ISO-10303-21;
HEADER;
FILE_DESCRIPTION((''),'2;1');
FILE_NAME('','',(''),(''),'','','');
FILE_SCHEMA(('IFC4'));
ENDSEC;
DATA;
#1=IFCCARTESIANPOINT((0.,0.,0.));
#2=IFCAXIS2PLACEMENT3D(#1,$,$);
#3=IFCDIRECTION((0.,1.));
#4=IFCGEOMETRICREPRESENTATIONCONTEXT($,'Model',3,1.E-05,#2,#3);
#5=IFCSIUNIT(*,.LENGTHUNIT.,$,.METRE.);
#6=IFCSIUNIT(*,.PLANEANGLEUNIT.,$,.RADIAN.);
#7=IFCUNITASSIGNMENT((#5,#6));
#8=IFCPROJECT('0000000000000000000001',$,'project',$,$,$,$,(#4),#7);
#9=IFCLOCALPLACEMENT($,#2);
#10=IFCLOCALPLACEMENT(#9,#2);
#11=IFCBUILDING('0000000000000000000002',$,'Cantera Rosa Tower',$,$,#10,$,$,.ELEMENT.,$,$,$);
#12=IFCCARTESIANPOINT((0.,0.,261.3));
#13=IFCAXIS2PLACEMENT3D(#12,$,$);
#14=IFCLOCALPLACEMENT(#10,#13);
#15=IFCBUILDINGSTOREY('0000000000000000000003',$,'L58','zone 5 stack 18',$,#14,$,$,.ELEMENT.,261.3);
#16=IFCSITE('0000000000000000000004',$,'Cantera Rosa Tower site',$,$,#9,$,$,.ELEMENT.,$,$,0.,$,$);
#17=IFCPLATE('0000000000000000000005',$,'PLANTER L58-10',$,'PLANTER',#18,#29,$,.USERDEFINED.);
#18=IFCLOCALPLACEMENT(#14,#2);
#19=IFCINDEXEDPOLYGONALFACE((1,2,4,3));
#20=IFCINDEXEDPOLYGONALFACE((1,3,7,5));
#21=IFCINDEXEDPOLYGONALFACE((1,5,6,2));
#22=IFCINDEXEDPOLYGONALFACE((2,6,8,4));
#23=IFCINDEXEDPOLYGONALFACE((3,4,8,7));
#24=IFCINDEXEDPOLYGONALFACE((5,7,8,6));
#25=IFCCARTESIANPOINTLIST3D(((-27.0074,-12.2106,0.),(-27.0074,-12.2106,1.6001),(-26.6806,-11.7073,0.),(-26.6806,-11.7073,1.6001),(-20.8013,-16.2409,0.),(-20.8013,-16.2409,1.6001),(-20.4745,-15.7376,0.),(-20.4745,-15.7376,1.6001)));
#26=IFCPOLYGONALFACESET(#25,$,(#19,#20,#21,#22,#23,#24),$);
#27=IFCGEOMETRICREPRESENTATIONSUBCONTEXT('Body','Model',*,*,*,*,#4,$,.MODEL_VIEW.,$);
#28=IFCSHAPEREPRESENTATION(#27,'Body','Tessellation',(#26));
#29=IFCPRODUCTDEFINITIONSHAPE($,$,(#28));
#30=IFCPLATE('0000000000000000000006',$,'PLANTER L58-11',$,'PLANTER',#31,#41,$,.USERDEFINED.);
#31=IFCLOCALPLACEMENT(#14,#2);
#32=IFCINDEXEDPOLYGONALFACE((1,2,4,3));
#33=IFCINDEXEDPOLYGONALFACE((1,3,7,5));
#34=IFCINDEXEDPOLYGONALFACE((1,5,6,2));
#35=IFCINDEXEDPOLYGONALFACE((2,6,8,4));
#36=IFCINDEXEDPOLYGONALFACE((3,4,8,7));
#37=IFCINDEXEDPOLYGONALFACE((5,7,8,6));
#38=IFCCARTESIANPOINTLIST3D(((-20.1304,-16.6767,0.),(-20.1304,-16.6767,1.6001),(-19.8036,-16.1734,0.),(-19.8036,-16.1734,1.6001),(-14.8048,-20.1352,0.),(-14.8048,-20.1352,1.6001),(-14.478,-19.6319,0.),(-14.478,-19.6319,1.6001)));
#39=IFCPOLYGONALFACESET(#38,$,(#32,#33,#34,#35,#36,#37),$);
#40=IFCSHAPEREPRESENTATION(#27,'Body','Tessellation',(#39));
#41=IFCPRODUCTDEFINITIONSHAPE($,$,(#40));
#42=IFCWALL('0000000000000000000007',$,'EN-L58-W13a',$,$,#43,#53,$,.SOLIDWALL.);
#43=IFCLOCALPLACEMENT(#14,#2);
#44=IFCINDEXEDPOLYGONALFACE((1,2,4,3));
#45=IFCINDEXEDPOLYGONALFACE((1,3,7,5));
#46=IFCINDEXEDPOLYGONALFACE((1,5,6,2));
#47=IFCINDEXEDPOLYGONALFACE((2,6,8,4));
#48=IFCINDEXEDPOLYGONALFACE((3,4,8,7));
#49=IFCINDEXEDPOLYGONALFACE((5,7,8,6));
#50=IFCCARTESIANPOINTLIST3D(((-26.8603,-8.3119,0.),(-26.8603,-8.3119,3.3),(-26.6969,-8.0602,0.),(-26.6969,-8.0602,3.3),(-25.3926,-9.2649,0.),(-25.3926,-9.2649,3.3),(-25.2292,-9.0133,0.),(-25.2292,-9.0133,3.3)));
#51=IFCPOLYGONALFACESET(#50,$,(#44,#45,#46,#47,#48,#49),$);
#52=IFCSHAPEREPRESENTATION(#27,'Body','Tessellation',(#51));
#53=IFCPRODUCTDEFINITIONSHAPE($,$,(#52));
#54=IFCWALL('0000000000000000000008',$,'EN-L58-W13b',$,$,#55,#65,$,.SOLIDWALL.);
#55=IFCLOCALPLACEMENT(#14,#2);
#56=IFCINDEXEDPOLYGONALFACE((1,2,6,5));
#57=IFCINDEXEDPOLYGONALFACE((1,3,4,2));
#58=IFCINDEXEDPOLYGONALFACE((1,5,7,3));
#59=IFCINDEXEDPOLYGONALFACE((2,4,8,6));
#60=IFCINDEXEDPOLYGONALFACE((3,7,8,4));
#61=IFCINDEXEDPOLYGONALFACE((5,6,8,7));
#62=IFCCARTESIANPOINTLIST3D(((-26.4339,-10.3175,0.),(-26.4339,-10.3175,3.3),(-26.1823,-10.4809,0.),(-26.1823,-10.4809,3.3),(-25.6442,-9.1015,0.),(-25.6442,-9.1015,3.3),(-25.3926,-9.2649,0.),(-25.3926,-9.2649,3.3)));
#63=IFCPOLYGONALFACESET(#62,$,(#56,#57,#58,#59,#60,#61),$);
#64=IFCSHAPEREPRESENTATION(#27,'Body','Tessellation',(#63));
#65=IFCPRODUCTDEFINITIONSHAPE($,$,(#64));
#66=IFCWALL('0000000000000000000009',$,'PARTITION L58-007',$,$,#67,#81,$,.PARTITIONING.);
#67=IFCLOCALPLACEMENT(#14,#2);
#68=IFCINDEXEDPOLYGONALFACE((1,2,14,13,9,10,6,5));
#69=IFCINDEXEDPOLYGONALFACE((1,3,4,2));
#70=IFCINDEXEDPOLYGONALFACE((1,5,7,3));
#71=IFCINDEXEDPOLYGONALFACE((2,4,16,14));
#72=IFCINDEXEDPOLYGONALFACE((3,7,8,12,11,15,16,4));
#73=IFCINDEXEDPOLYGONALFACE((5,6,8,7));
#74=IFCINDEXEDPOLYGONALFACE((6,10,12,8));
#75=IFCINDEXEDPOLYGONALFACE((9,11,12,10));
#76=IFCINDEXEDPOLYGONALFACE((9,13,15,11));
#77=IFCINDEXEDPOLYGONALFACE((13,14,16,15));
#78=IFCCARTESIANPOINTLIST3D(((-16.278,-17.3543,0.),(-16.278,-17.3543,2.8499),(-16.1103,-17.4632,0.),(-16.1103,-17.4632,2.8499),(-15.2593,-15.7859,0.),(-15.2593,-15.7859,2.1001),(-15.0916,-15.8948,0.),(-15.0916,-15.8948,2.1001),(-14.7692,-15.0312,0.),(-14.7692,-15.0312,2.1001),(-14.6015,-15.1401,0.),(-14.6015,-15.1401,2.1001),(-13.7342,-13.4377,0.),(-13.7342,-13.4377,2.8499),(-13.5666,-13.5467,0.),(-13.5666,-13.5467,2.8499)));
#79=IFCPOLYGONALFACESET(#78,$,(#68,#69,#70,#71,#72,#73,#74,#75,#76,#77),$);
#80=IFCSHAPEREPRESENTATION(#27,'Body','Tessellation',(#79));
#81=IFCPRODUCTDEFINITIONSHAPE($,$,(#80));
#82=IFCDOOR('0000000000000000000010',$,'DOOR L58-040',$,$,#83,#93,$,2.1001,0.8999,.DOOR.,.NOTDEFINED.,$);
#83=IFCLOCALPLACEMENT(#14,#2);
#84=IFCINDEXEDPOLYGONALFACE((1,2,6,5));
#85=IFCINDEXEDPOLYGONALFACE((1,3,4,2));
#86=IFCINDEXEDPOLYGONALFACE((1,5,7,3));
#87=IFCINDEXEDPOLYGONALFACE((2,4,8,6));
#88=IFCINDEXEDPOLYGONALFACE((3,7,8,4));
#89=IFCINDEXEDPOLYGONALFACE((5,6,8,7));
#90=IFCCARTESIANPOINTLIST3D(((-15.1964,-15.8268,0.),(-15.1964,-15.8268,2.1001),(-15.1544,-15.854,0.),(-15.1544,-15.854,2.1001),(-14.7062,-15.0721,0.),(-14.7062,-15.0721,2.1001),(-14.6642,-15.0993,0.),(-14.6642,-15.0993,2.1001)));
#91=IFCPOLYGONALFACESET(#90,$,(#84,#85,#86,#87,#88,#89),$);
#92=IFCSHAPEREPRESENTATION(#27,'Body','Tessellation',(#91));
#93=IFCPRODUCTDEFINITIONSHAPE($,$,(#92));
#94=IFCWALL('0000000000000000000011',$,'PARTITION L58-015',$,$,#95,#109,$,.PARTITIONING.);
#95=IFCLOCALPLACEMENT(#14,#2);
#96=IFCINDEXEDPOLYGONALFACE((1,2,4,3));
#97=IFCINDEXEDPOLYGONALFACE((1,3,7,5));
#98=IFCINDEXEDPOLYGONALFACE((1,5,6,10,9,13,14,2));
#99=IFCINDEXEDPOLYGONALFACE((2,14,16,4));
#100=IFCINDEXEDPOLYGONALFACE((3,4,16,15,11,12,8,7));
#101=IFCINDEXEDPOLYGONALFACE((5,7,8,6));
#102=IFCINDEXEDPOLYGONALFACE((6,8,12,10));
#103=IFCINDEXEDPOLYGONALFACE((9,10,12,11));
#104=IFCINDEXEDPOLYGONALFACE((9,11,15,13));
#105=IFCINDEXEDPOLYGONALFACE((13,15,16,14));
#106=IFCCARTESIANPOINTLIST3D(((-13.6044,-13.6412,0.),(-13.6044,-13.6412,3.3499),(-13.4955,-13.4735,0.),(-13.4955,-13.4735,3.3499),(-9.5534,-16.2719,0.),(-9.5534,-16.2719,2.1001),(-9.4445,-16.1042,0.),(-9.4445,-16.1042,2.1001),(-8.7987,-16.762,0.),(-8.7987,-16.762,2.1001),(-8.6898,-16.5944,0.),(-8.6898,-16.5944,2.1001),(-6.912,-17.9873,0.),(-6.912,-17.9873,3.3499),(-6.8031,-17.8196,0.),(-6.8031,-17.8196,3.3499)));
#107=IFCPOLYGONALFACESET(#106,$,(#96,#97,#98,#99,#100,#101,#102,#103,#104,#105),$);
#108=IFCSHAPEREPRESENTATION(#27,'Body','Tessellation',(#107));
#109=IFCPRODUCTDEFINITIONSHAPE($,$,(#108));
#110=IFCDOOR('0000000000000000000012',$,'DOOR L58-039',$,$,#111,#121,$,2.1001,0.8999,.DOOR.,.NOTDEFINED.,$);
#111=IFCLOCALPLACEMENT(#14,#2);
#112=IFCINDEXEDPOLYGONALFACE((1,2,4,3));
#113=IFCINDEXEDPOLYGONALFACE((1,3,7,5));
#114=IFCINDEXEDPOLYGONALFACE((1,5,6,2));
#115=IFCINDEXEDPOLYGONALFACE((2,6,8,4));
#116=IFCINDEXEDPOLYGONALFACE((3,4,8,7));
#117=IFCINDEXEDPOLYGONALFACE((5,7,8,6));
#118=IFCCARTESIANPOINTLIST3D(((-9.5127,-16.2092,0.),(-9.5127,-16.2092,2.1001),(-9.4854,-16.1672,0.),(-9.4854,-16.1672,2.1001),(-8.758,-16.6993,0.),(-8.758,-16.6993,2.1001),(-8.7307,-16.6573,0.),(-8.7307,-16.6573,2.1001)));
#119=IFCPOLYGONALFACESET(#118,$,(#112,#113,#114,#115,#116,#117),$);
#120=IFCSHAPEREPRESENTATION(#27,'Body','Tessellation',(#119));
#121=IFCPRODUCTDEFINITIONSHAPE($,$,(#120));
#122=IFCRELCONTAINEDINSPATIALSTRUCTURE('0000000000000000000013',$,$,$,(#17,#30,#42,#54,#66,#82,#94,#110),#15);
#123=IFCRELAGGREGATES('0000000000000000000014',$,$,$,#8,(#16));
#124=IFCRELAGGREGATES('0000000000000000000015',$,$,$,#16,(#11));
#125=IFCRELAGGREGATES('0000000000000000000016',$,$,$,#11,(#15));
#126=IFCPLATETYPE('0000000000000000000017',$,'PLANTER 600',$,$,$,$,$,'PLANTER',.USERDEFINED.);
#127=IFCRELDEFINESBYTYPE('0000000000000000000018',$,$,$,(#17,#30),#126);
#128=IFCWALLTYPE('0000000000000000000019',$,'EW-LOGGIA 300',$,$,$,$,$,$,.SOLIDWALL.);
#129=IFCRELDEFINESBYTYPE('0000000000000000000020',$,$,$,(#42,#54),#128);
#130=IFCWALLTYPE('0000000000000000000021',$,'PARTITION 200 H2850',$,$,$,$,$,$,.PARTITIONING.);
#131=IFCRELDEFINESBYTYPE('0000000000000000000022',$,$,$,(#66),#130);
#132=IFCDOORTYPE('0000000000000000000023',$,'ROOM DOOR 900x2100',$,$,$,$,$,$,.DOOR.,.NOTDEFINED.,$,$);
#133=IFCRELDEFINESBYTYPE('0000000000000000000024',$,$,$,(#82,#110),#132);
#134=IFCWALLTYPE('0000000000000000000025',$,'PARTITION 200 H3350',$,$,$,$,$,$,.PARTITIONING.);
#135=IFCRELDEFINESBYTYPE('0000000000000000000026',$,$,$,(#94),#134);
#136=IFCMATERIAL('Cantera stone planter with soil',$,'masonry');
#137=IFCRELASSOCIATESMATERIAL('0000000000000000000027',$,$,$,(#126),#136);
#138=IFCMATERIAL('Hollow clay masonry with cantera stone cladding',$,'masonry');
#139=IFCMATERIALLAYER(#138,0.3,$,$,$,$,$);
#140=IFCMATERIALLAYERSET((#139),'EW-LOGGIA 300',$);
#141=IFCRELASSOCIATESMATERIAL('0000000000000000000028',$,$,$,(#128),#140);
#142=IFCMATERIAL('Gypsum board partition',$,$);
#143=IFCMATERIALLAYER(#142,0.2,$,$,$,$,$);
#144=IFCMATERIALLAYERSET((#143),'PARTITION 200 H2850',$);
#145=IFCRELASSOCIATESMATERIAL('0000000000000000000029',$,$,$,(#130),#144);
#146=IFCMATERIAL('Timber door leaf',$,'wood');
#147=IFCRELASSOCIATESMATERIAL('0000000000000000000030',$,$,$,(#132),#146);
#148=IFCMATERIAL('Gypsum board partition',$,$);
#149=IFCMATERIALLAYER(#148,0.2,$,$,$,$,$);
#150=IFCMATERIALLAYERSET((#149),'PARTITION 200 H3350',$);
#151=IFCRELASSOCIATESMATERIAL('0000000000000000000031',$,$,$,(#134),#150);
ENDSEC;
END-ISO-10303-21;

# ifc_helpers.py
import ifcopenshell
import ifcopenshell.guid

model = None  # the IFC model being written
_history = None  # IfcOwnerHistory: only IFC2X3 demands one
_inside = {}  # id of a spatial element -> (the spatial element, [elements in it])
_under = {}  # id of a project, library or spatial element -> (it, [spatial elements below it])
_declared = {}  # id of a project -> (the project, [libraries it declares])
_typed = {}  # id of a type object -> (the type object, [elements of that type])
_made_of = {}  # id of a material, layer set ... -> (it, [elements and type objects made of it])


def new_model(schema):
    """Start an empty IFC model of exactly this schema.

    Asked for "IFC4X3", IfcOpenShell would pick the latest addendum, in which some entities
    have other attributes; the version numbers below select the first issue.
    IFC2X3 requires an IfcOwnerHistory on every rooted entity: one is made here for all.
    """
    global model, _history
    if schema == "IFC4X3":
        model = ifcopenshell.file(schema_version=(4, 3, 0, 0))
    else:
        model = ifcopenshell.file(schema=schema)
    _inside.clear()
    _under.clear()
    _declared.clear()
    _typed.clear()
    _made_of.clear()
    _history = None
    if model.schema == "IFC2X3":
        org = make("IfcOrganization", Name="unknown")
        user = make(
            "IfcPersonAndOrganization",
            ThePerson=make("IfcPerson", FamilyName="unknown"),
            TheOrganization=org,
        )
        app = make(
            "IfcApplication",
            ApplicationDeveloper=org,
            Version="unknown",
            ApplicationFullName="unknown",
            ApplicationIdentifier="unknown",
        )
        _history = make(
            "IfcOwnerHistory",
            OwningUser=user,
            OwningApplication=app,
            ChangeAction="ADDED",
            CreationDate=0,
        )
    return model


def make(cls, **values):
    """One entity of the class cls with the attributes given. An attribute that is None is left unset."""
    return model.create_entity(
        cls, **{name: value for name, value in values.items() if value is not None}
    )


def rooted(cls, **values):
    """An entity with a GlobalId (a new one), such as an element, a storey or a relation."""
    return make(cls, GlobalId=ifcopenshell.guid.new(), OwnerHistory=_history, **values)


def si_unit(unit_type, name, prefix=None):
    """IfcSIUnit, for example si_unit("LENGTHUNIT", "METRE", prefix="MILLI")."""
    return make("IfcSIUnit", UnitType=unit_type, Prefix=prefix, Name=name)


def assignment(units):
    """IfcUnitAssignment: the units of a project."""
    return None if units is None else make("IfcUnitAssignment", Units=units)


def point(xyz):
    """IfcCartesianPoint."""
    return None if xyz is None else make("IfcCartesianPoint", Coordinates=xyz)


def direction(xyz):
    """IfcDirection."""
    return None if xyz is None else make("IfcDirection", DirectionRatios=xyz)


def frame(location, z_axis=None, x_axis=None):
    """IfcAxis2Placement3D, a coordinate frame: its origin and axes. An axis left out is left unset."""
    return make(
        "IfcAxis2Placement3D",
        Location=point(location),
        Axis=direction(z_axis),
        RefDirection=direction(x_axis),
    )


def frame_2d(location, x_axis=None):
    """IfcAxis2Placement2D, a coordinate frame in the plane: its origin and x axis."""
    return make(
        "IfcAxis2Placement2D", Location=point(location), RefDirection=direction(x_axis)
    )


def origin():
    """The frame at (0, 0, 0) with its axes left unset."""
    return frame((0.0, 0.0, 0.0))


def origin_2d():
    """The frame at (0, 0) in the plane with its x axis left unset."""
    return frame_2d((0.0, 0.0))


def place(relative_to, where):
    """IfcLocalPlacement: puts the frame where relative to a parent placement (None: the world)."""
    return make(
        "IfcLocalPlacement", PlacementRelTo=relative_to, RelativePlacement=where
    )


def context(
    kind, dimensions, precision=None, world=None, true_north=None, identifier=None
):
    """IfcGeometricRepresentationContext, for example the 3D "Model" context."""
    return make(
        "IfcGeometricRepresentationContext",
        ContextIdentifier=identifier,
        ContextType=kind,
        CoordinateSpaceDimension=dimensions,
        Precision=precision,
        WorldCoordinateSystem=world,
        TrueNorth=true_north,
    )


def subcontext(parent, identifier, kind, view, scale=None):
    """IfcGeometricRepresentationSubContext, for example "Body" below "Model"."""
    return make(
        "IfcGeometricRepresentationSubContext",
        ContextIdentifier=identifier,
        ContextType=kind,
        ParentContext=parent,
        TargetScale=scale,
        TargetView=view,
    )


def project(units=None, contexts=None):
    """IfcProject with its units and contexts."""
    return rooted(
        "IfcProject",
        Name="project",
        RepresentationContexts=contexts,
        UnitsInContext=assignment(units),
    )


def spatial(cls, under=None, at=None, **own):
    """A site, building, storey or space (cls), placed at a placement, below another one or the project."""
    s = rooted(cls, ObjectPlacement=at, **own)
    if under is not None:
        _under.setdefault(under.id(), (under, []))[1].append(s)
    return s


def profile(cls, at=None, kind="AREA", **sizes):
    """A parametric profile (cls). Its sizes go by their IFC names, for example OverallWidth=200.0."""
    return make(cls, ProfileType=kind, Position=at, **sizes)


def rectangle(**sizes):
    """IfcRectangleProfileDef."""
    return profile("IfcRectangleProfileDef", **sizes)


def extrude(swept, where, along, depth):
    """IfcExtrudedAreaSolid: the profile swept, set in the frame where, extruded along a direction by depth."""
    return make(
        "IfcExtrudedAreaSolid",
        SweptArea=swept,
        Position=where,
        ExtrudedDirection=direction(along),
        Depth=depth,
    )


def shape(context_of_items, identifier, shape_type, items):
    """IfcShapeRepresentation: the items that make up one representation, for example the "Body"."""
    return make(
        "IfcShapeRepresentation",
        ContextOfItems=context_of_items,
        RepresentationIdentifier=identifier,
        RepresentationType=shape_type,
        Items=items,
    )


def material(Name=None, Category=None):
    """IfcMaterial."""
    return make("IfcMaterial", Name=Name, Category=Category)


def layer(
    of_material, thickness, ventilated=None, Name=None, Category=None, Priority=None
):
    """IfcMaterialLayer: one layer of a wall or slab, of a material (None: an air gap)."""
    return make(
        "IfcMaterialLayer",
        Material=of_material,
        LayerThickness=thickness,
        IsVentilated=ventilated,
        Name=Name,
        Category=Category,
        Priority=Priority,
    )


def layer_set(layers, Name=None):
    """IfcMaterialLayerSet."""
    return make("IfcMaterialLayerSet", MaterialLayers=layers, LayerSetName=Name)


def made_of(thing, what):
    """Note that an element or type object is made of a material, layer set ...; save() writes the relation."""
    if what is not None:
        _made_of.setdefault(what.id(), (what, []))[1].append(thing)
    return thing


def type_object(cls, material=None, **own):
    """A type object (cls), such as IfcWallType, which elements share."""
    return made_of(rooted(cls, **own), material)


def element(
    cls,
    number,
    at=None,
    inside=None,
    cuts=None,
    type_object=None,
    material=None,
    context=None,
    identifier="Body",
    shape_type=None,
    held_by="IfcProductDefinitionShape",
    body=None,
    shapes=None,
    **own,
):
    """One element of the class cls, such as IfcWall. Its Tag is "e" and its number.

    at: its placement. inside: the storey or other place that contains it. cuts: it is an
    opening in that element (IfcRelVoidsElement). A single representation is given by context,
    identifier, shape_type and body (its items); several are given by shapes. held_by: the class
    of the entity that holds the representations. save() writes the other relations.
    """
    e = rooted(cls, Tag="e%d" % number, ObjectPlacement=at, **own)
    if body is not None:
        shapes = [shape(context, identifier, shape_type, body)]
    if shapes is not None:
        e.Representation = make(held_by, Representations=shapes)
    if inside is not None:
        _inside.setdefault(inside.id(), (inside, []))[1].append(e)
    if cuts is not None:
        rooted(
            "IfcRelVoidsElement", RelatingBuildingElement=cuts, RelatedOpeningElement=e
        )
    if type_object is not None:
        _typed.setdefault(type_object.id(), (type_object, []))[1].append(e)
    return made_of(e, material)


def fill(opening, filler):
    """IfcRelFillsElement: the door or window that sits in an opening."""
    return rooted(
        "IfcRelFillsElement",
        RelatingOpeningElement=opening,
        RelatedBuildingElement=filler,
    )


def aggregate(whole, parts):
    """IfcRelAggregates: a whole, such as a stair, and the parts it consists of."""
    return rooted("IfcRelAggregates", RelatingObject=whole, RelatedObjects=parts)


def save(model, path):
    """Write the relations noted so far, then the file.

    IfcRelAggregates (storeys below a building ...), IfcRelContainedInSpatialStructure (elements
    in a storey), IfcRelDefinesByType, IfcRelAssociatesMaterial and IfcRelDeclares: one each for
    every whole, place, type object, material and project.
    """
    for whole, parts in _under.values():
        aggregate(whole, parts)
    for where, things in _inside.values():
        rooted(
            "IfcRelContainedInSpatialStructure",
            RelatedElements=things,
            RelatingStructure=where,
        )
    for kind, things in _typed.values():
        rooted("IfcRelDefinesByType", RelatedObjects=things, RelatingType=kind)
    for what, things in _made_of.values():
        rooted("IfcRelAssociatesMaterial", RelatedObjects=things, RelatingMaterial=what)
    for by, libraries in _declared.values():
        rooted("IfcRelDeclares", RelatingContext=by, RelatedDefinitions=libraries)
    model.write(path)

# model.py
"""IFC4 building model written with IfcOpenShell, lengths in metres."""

from ifc_helpers import new_model, si_unit, direction, frame, frame_2d, origin, origin_2d, place, context, subcontext, project, spatial, rectangle, extrude, material, layer, layer_set, type_object, element, fill, save


model = new_model("IFC4")

# Units and contexts
model_context = context("Model", 3, precision=1e-05, world=origin(), true_north=direction((0.0, 1.0)))
body_context = subcontext(model_context, "Body", "Model", "MODEL_VIEW")
ifc_project = project(units=[si_unit("LENGTHUNIT", "METRE"), si_unit("PLANEANGLEUNIT", "RADIAN")], contexts=[model_context])

# Site, building, storey
site_placement = place(None, origin())
site = spatial("IfcSite", under=ifc_project, at=site_placement, Name="Cantera Rosa Tower site", CompositionType="ELEMENT", RefElevation=0.0)
building_placement = place(site_placement, origin())
building = spatial("IfcBuilding", under=site, at=building_placement, Name="Cantera Rosa Tower", CompositionType="ELEMENT")
storey_placement = place(building_placement, frame((0.0, 0.0, 261.3)))
storey = spatial("IfcBuildingStorey", under=building, at=storey_placement, Name="L58", Description="zone 5 stack 18", CompositionType="ELEMENT", Elevation=261.3)

# Plates
ifc_material_1 = material(Name="Cantera stone planter with soil", Category="masonry")
plate_type = type_object("IfcPlateType", Name="PLANTER 600", ElementType="PLANTER", PredefinedType="USERDEFINED", material=ifc_material_1)
plate_1_placement = place(storey_placement, frame((-23.741, -13.9741, 0.0), z_axis=(0.0, 0.0, 1.0), x_axis=(0.838671, -0.544639, 0.0)))
element("IfcPlate", 1, at=plate_1_placement, inside=storey, type_object=plate_type, Name="PLANTER L58-10", ObjectType="PLANTER", PredefinedType="USERDEFINED", context=body_context, shape_type="SweptSolid", body=[
    extrude(rectangle(XDim=7.3999, YDim=0.6001, at=origin_2d()), origin(), (0.0, 0.0, 1.0), 1.6001),
])
plate_2_placement = place(storey_placement, frame((-17.3042, -18.1543, 0.0), z_axis=(0.0, 0.0, 1.0), x_axis=(0.838671, -0.544639, 0.0)))
element("IfcPlate", 2, at=plate_2_placement, inside=storey, type_object=plate_type, Name="PLANTER L58-11", ObjectType="PLANTER", PredefinedType="USERDEFINED", context=body_context, shape_type="SweptSolid", body=[
    extrude(rectangle(XDim=6.3501, YDim=0.6001, at=origin_2d()), origin(), (0.0, 0.0, 1.0), 1.6001),
])

# Walls
ifc_material_2 = material(Name="Hollow clay masonry with cantera stone cladding", Category="masonry")
ifc_layer_1 = layer(ifc_material_2, 0.3)
ifc_layer_set_1 = layer_set([ifc_layer_1], Name="EW-LOGGIA 300")
wall_type_1 = type_object("IfcWallType", Name="EW-LOGGIA 300", PredefinedType="SOLIDWALL", material=ifc_layer_set_1)
wall_1_placement = place(storey_placement, frame((-26.7786, -8.186, 0.0), z_axis=(0.0, 0.0, 1.0), x_axis=(0.838686, -0.544616, 0.0)))
element("IfcWall", 3, at=wall_1_placement, inside=storey, type_object=wall_type_1, Name="EN-L58-W13a", PredefinedType="SOLIDWALL", context=body_context, shape_type="SweptSolid", body=[
    extrude(rectangle(XDim=1.75, YDim=0.3, at=frame_2d((0.875, 0.0))), origin(), (0.0, 0.0, 1.0), 3.3),
])
wall_2_placement = place(storey_placement, frame((-25.5183, -9.1831, 0.0), z_axis=(0.0, 0.0, 1.0), x_axis=(-0.544675, -0.838647, 0.0)))
element("IfcWall", 4, at=wall_2_placement, inside=storey, type_object=wall_type_1, Name="EN-L58-W13b", PredefinedType="SOLIDWALL", context=body_context, shape_type="SweptSolid", body=[
    extrude(rectangle(XDim=1.45, YDim=0.3, at=frame_2d((0.7251, 0.0))), origin(), (0.0, 0.0, 1.0), 3.3),
])

# Walls, openings, doors
ifc_material_3 = material(Name="Gypsum board partition")
ifc_layer_2 = layer(ifc_material_3, 0.2)
ifc_layer_set_2 = layer_set([ifc_layer_2], Name="PARTITION 200 H2850")
wall_type_2 = type_object("IfcWallType", Name="PARTITION 200 H2850", PredefinedType="PARTITIONING", material=ifc_layer_set_2)
wall_3_placement = place(storey_placement, frame((-16.1941, -17.4087, 0.0), z_axis=(0.0, 0.0, 1.0), x_axis=(0.544683, 0.838642, 0.0)))
wall_3 = element("IfcWall", 5, at=wall_3_placement, inside=storey, type_object=wall_type_2, Name="PARTITION L58-007", PredefinedType="PARTITIONING", context=body_context, shape_type="SweptSolid", body=[
    extrude(rectangle(XDim=4.6702, YDim=0.2, at=frame_2d((2.335, 0.0))), origin(), (0.0, 0.0, 1.0), 2.8499),
])
opening_1_placement = place(wall_3_placement, frame((1.8701, 0.0, 0.0)))
opening_1 = element("IfcOpeningElement", 6, at=opening_1_placement, cuts=wall_3, PredefinedType="OPENING", context=body_context, shape_type="SweptSolid", body=[
    extrude(rectangle(XDim=0.8999, YDim=2.1001, at=frame_2d((0.45, 1.05))), frame((0.0, 0.1099, 0.0), z_axis=(0.0, -1.0, 0.0), x_axis=(1.0, 0.0, 0.0)), (0.0, 0.0, 1.0), 0.22),
])
ifc_material_4 = material(Name="Timber door leaf", Category="wood")
door_type_1 = type_object("IfcDoorType", Name="ROOM DOOR 900x2100", OperationType="NOTDEFINED", PredefinedType="DOOR", material=ifc_material_4)
door_1_placement = place(opening_1_placement, origin())
door_1 = element("IfcDoor", 7, at=door_1_placement, inside=storey, type_object=door_type_1, Name="DOOR L58-040", OperationType="NOTDEFINED", OverallHeight=2.1001, OverallWidth=0.8999, PredefinedType="DOOR", context=body_context, shape_type="SweptSolid", body=[
    extrude(rectangle(XDim=0.8999, YDim=2.1001, at=frame_2d((0.45, 1.05))), frame((0.0, 0.0249, 0.0), z_axis=(0.0, -1.0, 0.0), x_axis=(1.0, 0.0, 0.0)), (0.0, 0.0, 1.0), 0.05),
])
fill(opening_1, door_1)
ifc_material_5 = material(Name="Gypsum board partition")
ifc_layer_3 = layer(ifc_material_5, 0.2)
ifc_layer_set_3 = layer_set([ifc_layer_3], Name="PARTITION 200 H3350")
wall_type_3 = type_object("IfcWallType", Name="PARTITION 200 H3350", PredefinedType="PARTITIONING", material=ifc_layer_set_3)
wall_4_placement = place(storey_placement, frame((-13.5498, -13.5574, 0.0), z_axis=(0.0, 0.0, 1.0), x_axis=(0.838664, -0.544648, 0.0)))
wall_4 = element("IfcWall", 8, at=wall_4_placement, inside=storey, type_object=wall_type_3, Name="PARTITION L58-015", PredefinedType="PARTITIONING", context=body_context, shape_type="SweptSolid", body=[
    extrude(rectangle(XDim=7.9797, YDim=0.2, at=frame_2d((3.9897, 0.0))), origin(), (0.0, 0.0, 1.0), 3.3499),
])
opening_2_placement = place(wall_4_placement, frame((4.8301, 0.0, 0.0)))
opening_2 = element("IfcOpeningElement", 9, at=opening_2_placement, cuts=wall_4, PredefinedType="OPENING", context=body_context, shape_type="SweptSolid", body=[
    extrude(rectangle(XDim=0.8999, YDim=2.1001, at=frame_2d((0.45, 1.05))), frame((0.0, 0.1099, 0.0), z_axis=(0.0, -1.0, 0.0), x_axis=(1.0, 0.0, 0.0)), (0.0, 0.0, 1.0), 0.22),
])
door_2_placement = place(opening_2_placement, origin())
door_2 = element("IfcDoor", 10, at=door_2_placement, inside=storey, type_object=door_type_1, Name="DOOR L58-039", OperationType="NOTDEFINED", OverallHeight=2.1001, OverallWidth=0.8999, PredefinedType="DOOR", context=body_context, shape_type="SweptSolid", body=[
    extrude(rectangle(XDim=0.8999, YDim=2.1001, at=frame_2d((0.45, 1.05))), frame((0.0, 0.0249, 0.0), z_axis=(0.0, -1.0, 0.0), x_axis=(1.0, 0.0, 0.0)), (0.0, 0.0, 1.0), 0.05),
])
fill(opening_2, door_2)

save(model, "model.ifc")
